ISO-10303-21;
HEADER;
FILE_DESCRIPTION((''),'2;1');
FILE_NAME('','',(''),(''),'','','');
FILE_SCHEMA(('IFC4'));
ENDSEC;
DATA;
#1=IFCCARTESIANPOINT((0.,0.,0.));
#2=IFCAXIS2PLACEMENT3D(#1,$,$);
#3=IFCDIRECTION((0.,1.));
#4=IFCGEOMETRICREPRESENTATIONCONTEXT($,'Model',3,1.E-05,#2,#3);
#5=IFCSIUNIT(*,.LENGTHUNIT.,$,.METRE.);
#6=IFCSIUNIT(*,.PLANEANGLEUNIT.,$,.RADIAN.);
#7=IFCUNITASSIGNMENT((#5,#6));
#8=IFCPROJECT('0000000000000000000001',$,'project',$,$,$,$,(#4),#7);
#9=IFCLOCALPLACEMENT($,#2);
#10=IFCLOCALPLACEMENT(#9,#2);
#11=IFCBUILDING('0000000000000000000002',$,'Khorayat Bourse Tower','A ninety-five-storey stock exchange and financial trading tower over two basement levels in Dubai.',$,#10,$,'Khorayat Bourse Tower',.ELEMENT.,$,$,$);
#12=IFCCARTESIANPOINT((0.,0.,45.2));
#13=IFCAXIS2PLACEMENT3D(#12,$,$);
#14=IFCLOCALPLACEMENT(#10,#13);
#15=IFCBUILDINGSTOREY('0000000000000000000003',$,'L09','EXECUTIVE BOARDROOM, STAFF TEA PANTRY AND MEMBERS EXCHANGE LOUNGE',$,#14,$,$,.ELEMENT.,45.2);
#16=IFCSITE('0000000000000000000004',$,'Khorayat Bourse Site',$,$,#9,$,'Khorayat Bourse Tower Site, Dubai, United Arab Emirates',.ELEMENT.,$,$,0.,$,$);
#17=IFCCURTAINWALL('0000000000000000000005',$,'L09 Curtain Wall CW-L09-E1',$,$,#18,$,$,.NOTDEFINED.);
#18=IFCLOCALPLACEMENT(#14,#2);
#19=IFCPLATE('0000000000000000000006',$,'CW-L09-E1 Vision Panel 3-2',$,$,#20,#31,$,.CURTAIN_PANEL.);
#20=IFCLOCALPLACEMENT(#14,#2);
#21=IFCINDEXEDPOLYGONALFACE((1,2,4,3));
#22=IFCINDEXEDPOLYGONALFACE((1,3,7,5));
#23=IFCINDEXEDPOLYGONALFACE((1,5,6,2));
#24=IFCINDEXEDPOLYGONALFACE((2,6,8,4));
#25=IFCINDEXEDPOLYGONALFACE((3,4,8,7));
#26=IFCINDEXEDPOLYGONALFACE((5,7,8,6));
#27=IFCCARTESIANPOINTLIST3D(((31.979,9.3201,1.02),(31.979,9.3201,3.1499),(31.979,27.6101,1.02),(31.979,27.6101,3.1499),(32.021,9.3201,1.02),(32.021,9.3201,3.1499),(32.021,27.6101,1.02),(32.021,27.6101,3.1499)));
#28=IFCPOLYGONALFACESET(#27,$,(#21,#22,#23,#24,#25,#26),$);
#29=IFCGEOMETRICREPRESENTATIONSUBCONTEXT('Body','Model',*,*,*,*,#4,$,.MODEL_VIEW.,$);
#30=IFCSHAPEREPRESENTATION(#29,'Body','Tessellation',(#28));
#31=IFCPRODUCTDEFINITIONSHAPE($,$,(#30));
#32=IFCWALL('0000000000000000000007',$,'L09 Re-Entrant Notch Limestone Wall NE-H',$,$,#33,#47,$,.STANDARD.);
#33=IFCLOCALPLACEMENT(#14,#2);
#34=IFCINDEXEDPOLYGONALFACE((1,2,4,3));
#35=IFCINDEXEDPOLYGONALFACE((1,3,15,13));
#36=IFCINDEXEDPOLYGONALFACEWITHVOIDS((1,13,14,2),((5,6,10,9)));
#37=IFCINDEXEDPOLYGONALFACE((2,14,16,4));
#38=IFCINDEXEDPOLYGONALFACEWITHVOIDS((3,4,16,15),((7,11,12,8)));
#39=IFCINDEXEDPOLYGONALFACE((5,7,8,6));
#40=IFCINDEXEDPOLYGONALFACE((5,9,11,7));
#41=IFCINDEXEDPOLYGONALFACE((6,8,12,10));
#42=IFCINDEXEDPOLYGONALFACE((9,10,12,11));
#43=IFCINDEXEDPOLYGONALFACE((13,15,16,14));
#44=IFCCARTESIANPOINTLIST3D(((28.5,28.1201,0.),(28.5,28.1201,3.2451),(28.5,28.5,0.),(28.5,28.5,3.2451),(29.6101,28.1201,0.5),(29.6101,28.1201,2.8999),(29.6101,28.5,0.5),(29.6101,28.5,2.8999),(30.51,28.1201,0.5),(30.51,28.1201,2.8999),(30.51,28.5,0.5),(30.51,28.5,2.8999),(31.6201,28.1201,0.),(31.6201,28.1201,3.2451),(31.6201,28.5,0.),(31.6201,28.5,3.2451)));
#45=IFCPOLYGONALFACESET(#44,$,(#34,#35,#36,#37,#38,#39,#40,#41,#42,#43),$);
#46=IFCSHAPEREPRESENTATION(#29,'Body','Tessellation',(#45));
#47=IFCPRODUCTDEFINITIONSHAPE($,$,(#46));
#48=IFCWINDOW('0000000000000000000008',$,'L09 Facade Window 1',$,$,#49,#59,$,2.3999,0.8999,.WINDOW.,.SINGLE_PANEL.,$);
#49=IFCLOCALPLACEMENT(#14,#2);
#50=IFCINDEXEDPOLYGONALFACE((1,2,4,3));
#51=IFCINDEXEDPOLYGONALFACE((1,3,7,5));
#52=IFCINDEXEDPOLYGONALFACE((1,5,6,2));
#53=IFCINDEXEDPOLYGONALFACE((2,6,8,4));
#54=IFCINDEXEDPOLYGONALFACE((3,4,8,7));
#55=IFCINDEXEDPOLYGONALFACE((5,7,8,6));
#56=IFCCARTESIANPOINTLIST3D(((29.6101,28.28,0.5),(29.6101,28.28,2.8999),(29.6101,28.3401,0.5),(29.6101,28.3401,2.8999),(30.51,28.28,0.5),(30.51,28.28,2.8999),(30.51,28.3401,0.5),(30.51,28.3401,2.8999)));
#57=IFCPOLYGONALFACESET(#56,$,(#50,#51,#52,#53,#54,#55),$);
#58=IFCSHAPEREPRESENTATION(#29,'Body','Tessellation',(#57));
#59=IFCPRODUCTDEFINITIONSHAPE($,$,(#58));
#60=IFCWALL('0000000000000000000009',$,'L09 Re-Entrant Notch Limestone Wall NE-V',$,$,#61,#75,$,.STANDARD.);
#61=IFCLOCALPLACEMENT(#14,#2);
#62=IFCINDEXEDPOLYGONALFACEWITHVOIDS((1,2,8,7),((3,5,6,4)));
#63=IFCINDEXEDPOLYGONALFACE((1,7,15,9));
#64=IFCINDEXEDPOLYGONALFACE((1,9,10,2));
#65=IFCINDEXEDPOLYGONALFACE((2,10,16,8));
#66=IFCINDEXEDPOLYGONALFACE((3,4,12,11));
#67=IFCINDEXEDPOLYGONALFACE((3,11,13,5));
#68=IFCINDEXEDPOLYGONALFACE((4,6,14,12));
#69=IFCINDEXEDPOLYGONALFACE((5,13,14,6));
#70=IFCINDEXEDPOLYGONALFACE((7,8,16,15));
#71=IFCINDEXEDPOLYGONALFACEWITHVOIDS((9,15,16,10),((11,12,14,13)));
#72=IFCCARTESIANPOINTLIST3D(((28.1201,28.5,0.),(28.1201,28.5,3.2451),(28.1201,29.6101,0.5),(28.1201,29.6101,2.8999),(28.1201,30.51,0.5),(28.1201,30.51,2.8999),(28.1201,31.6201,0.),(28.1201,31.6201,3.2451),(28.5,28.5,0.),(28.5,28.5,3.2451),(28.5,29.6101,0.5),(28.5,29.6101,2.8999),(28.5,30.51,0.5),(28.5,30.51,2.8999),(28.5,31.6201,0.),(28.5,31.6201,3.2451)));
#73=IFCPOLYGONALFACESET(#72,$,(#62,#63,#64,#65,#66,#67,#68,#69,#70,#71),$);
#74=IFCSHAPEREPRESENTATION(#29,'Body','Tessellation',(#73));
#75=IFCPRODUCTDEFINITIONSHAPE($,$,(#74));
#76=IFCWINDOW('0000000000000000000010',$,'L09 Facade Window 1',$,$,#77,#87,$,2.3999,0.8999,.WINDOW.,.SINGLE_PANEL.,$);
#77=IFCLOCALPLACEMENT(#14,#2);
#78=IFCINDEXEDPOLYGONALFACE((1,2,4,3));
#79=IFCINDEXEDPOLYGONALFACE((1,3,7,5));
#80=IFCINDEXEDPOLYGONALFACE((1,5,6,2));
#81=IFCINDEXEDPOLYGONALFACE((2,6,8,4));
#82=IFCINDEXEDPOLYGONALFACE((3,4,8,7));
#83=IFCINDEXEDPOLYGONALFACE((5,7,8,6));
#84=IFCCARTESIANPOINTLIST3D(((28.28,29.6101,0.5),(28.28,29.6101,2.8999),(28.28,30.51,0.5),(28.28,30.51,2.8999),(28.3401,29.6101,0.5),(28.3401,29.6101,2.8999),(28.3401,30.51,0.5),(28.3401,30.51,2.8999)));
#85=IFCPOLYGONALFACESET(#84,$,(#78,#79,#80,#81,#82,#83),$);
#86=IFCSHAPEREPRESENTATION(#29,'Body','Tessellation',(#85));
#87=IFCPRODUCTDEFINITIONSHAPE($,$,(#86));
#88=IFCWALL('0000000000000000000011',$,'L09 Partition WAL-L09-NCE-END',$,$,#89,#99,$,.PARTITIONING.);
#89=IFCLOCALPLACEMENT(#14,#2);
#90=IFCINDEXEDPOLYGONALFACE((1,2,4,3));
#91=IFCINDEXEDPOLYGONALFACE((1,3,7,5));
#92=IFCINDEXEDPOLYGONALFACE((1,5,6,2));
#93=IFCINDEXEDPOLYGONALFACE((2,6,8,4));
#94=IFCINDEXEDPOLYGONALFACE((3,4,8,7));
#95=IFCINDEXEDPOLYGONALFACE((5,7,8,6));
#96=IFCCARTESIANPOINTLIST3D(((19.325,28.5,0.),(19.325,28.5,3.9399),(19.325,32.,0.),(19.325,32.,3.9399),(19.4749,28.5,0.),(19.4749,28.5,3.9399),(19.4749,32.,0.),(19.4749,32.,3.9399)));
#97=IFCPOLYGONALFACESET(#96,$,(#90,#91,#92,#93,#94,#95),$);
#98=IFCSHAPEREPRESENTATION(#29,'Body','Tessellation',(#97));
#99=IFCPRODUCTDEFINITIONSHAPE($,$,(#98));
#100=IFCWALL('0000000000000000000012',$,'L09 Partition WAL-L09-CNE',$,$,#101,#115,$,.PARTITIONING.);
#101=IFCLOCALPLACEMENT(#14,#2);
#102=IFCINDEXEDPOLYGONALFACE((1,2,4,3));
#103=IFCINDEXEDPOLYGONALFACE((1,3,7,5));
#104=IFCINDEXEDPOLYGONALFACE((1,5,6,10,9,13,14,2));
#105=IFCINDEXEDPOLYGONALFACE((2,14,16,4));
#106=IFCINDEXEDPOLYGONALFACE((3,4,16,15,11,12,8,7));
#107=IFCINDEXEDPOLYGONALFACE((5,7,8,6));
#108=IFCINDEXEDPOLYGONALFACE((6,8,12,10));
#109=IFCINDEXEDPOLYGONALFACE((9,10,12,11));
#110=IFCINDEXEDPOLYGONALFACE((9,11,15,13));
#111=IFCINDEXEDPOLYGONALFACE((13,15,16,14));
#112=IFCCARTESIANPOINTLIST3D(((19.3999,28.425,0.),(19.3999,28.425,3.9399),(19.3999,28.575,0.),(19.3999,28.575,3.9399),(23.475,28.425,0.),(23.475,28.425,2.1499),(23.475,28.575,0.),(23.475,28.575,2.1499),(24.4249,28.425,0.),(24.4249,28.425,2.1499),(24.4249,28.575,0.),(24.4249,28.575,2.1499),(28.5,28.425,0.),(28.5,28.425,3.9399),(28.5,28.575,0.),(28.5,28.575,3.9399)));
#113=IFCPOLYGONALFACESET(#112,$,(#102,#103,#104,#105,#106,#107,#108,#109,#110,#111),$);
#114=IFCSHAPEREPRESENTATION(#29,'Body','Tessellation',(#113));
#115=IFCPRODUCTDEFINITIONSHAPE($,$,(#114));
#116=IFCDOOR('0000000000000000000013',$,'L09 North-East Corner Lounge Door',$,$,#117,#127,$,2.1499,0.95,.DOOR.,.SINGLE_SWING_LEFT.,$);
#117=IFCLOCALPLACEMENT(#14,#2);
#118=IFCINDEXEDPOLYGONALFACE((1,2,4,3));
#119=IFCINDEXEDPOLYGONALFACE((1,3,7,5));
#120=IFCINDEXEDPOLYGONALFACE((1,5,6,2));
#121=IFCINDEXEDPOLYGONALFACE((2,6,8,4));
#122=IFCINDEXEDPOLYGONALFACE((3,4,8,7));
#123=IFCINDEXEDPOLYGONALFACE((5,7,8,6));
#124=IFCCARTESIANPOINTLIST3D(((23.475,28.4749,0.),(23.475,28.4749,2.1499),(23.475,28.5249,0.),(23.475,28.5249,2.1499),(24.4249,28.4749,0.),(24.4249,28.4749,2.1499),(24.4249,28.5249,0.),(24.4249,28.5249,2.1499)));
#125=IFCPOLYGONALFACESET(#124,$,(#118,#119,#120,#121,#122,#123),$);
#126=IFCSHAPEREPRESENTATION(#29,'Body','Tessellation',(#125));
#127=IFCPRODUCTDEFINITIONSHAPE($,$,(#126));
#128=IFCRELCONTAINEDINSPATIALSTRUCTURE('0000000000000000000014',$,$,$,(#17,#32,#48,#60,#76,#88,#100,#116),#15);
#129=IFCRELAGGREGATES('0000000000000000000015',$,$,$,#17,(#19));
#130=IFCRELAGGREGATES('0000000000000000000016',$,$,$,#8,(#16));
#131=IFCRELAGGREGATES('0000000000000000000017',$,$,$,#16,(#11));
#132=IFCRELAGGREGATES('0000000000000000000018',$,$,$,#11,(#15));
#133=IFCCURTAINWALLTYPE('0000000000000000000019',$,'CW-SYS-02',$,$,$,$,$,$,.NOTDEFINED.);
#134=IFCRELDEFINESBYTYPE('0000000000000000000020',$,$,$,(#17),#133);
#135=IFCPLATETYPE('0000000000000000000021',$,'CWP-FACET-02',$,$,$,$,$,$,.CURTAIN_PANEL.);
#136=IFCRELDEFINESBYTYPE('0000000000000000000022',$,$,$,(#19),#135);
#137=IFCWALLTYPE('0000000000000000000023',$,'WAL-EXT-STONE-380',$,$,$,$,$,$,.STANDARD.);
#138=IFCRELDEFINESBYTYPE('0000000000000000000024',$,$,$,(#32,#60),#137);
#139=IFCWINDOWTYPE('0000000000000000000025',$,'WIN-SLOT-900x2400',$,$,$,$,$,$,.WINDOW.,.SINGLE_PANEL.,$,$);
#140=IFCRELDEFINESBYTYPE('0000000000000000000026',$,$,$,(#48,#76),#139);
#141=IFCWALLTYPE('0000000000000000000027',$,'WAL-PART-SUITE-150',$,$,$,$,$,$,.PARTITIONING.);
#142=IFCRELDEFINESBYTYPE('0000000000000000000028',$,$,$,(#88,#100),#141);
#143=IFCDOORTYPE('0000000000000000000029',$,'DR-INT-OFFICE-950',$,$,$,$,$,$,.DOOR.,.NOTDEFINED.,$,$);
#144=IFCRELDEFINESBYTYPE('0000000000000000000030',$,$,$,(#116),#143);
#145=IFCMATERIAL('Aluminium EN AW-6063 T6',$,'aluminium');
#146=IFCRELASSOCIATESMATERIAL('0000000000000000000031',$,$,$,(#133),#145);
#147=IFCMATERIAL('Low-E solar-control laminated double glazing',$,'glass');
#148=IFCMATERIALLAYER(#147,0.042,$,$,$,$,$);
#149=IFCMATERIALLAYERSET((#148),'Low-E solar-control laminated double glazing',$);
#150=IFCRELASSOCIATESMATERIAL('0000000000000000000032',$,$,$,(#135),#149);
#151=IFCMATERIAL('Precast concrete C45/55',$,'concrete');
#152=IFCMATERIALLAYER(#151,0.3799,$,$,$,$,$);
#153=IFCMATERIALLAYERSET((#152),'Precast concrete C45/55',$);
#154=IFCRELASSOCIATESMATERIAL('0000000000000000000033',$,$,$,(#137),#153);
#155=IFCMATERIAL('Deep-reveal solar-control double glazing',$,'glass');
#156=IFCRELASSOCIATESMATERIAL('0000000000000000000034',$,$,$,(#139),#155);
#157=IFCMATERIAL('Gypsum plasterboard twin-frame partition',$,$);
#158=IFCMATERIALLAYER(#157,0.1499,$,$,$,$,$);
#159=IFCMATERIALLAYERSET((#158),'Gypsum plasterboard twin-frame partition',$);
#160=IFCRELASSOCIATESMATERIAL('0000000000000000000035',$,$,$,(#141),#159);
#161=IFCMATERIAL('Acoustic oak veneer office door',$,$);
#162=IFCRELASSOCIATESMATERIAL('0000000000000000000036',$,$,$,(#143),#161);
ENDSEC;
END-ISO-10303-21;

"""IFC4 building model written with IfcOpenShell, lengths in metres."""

from ifc_helpers import new_model, si_unit, direction, frame, frame_2d, origin, origin_2d, place, context, subcontext, project, spatial, rectangle, extrude, source, transform, mapped, material, layer, layer_set, type_object, element, fill, aggregate, save


model = new_model("IFC4")

# Units and contexts
model_context = context("Model", 3, precision=1e-05, world=origin(), true_north=direction((0.0, 1.0)))
body_context = subcontext(model_context, "Body", "Model", "MODEL_VIEW")
ifc_project = project(units=[si_unit("LENGTHUNIT", "METRE"), si_unit("PLANEANGLEUNIT", "RADIAN")], contexts=[model_context])

# Site, building, storey
site_placement = place(None, origin())
site = spatial("IfcSite", under=ifc_project, at=site_placement, Name="Khorayat Bourse Site", LongName="Khorayat Bourse Tower Site, Dubai, United Arab Emirates", CompositionType="ELEMENT", RefElevation=0.0)
building_placement = place(site_placement, origin())
building = spatial("IfcBuilding", under=site, at=building_placement, Name="Khorayat Bourse Tower", Description="A ninety-five-storey stock exchange and financial trading tower over two basement levels in Dubai.", LongName="Khorayat Bourse Tower", CompositionType="ELEMENT")
storey_placement = place(building_placement, frame((0.0, 0.0, 45.2)))
storey = spatial("IfcBuildingStorey", under=building, at=storey_placement, Name="L09", Description="EXECUTIVE BOARDROOM, STAFF TEA PANTRY AND MEMBERS EXCHANGE LOUNGE", CompositionType="ELEMENT", Elevation=45.2)

# Curtain wall
ifc_material_1 = material(Name="Aluminium EN AW-6063 T6", Category="aluminium")
curtain_wall_type = type_object("IfcCurtainWallType", Name="CW-SYS-02", PredefinedType="NOTDEFINED", material=ifc_material_1)
curtain_wall_1_placement = place(storey_placement, origin())
curtain_wall_1 = element("IfcCurtainWall", 1, at=curtain_wall_1_placement, inside=storey, type_object=curtain_wall_type, Name="L09 Curtain Wall CW-L09-E1", PredefinedType="NOTDEFINED")

# Plate
ifc_material_2 = material(Name="Low-E solar-control laminated double glazing", Category="glass")
ifc_layer_1 = layer(ifc_material_2, 0.042)
ifc_layer_set_1 = layer_set([ifc_layer_1], Name="Low-E solar-control laminated double glazing")
plate_type_1 = type_object("IfcPlateType", Name="CWP-FACET-02", PredefinedType="CURTAIN_PANEL", material=ifc_layer_set_1)
shared_shape_1 = source(origin(), body_context, "Body", "SweptSolid", [
    extrude(rectangle(XDim=18.29, YDim=0.042, at=origin_2d()), origin(), (0.0, 0.0, 1.0), 2.1299),
])
plate_1_placement = place(storey_placement, frame((32.0, 18.4651, 1.02), z_axis=(0.0, 0.0, 1.0), x_axis=(0.0, 1.0, 0.0)))
plate_1 = element("IfcPlate", 2, at=plate_1_placement, type_object=plate_type_1, Name="CW-L09-E1 Vision Panel 3-2", PredefinedType="CURTAIN_PANEL", context=body_context, shape_type="MappedRepresentation", body=[
    mapped(shared_shape_1, transform((0.0, 0.0, 0.0), scale=1.0)),
])
aggregate(curtain_wall_1, [plate_1])

# Walls, openings, windows
ifc_material_3 = material(Name="Precast concrete C45/55", Category="concrete")
ifc_layer_2 = layer(ifc_material_3, 0.3799)
ifc_layer_set_2 = layer_set([ifc_layer_2], Name="Precast concrete C45/55")
wall_type_1 = type_object("IfcWallType", Name="WAL-EXT-STONE-380", PredefinedType="STANDARD", material=ifc_layer_set_2)
shared_shape_2 = source(origin(), body_context, "Body", "SweptSolid", [
    extrude(rectangle(XDim=3.1201, YDim=0.3799, at=frame_2d((1.5601, 0.0))), origin(), (0.0, 0.0, 1.0), 3.2451),
])
wall_1_placement = place(storey_placement, frame((28.5, 28.3101, 0.0), z_axis=(0.0, 0.0, 1.0), x_axis=(1.0, 0.0, 0.0)))
wall_1 = element("IfcWall", 3, at=wall_1_placement, inside=storey, type_object=wall_type_1, Name="L09 Re-Entrant Notch Limestone Wall NE-H", PredefinedType="STANDARD", context=body_context, shape_type="MappedRepresentation", body=[
    mapped(shared_shape_2, transform((0.0, 0.0, 0.0), scale=1.0)),
])
shared_shape_3 = source(origin(), body_context, "Body", "SweptSolid", [
    extrude(rectangle(XDim=0.8999, YDim=2.3999, at=frame_2d((0.45, 1.2))), frame((0.0, 0.2, 0.0), z_axis=(0.0, -1.0, 0.0), x_axis=(1.0, 0.0, 0.0)), (0.0, 0.0, 1.0), 0.3999),
])
opening_1_placement = place(wall_1_placement, frame((1.1101, 0.0, 0.5)))
opening_1 = element("IfcOpeningElement", 4, at=opening_1_placement, cuts=wall_1, PredefinedType="OPENING", context=body_context, shape_type="MappedRepresentation", body=[
    mapped(shared_shape_3, transform((0.0, 0.0, 0.0), scale=1.0)),
])
ifc_material_4 = material(Name="Deep-reveal solar-control double glazing", Category="glass")
window_type = type_object("IfcWindowType", Name="WIN-SLOT-900x2400", PartitioningType="SINGLE_PANEL", PredefinedType="WINDOW", material=ifc_material_4)
shared_shape_4 = source(origin(), body_context, "Body", "SweptSolid", [
    extrude(rectangle(XDim=0.8999, YDim=2.3999, at=frame_2d((0.45, 1.2))), frame((0.0, 0.03, 0.0), z_axis=(0.0, -1.0, 0.0), x_axis=(1.0, 0.0, 0.0)), (0.0, 0.0, 1.0), 0.0601),
])
window_1_placement = place(opening_1_placement, origin())
window_1 = element("IfcWindow", 5, at=window_1_placement, inside=storey, type_object=window_type, Name="L09 Facade Window 1", OverallHeight=2.3999, OverallWidth=0.8999, PartitioningType="SINGLE_PANEL", PredefinedType="WINDOW", context=body_context, shape_type="MappedRepresentation", body=[
    mapped(shared_shape_4, transform((0.0, 0.0, 0.0), scale=1.0)),
])
fill(opening_1, window_1)
wall_2_placement = place(storey_placement, frame((28.3101, 28.5, 0.0), z_axis=(0.0, 0.0, 1.0), x_axis=(0.0, 1.0, 0.0)))
wall_2 = element("IfcWall", 6, at=wall_2_placement, inside=storey, type_object=wall_type_1, Name="L09 Re-Entrant Notch Limestone Wall NE-V", PredefinedType="STANDARD", context=body_context, shape_type="MappedRepresentation", body=[
    mapped(shared_shape_2, transform((0.0, 0.0, 0.0), scale=1.0)),
])
opening_2_placement = place(wall_2_placement, frame((1.1101, 0.0, 0.5)))
opening_2 = element("IfcOpeningElement", 7, at=opening_2_placement, cuts=wall_2, PredefinedType="OPENING", context=body_context, shape_type="MappedRepresentation", body=[
    mapped(shared_shape_3, transform((0.0, 0.0, 0.0), scale=1.0)),
])
window_2_placement = place(opening_2_placement, origin())
window_2 = element("IfcWindow", 8, at=window_2_placement, inside=storey, type_object=window_type, Name="L09 Facade Window 1", OverallHeight=2.3999, OverallWidth=0.8999, PartitioningType="SINGLE_PANEL", PredefinedType="WINDOW", context=body_context, shape_type="MappedRepresentation", body=[
    mapped(shared_shape_4, transform((0.0, 0.0, 0.0), scale=1.0)),
])
fill(opening_2, window_2)

# Wall
ifc_material_5 = material(Name="Gypsum plasterboard twin-frame partition")
ifc_layer_3 = layer(ifc_material_5, 0.1499)
ifc_layer_set_3 = layer_set([ifc_layer_3], Name="Gypsum plasterboard twin-frame partition")
wall_type_2 = type_object("IfcWallType", Name="WAL-PART-SUITE-150", PredefinedType="PARTITIONING", material=ifc_layer_set_3)
shared_shape_5 = source(origin(), body_context, "Body", "SweptSolid", [
    extrude(rectangle(XDim=3.5, YDim=0.1499, at=frame_2d((1.75, 0.0))), origin(), (0.0, 0.0, 1.0), 3.9399),
])
wall_3_placement = place(storey_placement, frame((19.3999, 28.5, 0.0), z_axis=(0.0, 0.0, 1.0), x_axis=(0.0, 1.0, 0.0)))
element("IfcWall", 9, at=wall_3_placement, inside=storey, type_object=wall_type_2, Name="L09 Partition WAL-L09-NCE-END", PredefinedType="PARTITIONING", context=body_context, shape_type="MappedRepresentation", body=[
    mapped(shared_shape_5, transform((0.0, 0.0, 0.0), scale=1.0)),
])

# Wall, opening, door
shared_shape_6 = source(origin(), body_context, "Body", "SweptSolid", [
    extrude(rectangle(XDim=9.1001, YDim=0.1499, at=frame_2d((4.55, 0.0))), origin(), (0.0, 0.0, 1.0), 3.9399),
])
wall_4_placement = place(storey_placement, frame((19.3999, 28.5, 0.0), z_axis=(0.0, 0.0, 1.0), x_axis=(1.0, 0.0, 0.0)))
wall_4 = element("IfcWall", 10, at=wall_4_placement, inside=storey, type_object=wall_type_2, Name="L09 Partition WAL-L09-CNE", PredefinedType="PARTITIONING", context=body_context, shape_type="MappedRepresentation", body=[
    mapped(shared_shape_6, transform((0.0, 0.0, 0.0), scale=1.0)),
])
shared_shape_7 = source(origin(), body_context, "Body", "SweptSolid", [
    extrude(rectangle(XDim=0.95, YDim=2.1499, at=frame_2d((0.4751, 1.075))), frame((0.0, 0.085, 0.0), z_axis=(0.0, -1.0, 0.0), x_axis=(1.0, 0.0, 0.0)), (0.0, 0.0, 1.0), 0.1699),
])
opening_3_placement = place(wall_4_placement, frame((4.075, 0.0, 0.0)))
opening_3 = element("IfcOpeningElement", 11, at=opening_3_placement, cuts=wall_4, PredefinedType="OPENING", context=body_context, shape_type="MappedRepresentation", body=[
    mapped(shared_shape_7, transform((0.0, 0.0, 0.0), scale=1.0)),
])
ifc_material_6 = material(Name="Acoustic oak veneer office door")
door_type = type_object("IfcDoorType", Name="DR-INT-OFFICE-950", OperationType="NOTDEFINED", PredefinedType="DOOR", material=ifc_material_6)
shared_shape_8 = source(origin(), body_context, "Body", "SweptSolid", [
    extrude(rectangle(XDim=0.95, YDim=2.1499, at=frame_2d((0.4751, 1.075))), frame((0.0, 0.0249, 0.0), z_axis=(0.0, -1.0, 0.0), x_axis=(1.0, 0.0, 0.0)), (0.0, 0.0, 1.0), 0.05),
])
door_placement = place(opening_3_placement, origin())
door = element("IfcDoor", 12, at=door_placement, inside=storey, type_object=door_type, Name="L09 North-East Corner Lounge Door", OperationType="SINGLE_SWING_LEFT", OverallHeight=2.1499, OverallWidth=0.95, PredefinedType="DOOR", context=body_context, shape_type="MappedRepresentation", body=[
    mapped(shared_shape_8, transform((0.0, 0.0, 0.0), scale=1.0)),
])
fill(opening_3, door)

save(model, "model.ifc")
